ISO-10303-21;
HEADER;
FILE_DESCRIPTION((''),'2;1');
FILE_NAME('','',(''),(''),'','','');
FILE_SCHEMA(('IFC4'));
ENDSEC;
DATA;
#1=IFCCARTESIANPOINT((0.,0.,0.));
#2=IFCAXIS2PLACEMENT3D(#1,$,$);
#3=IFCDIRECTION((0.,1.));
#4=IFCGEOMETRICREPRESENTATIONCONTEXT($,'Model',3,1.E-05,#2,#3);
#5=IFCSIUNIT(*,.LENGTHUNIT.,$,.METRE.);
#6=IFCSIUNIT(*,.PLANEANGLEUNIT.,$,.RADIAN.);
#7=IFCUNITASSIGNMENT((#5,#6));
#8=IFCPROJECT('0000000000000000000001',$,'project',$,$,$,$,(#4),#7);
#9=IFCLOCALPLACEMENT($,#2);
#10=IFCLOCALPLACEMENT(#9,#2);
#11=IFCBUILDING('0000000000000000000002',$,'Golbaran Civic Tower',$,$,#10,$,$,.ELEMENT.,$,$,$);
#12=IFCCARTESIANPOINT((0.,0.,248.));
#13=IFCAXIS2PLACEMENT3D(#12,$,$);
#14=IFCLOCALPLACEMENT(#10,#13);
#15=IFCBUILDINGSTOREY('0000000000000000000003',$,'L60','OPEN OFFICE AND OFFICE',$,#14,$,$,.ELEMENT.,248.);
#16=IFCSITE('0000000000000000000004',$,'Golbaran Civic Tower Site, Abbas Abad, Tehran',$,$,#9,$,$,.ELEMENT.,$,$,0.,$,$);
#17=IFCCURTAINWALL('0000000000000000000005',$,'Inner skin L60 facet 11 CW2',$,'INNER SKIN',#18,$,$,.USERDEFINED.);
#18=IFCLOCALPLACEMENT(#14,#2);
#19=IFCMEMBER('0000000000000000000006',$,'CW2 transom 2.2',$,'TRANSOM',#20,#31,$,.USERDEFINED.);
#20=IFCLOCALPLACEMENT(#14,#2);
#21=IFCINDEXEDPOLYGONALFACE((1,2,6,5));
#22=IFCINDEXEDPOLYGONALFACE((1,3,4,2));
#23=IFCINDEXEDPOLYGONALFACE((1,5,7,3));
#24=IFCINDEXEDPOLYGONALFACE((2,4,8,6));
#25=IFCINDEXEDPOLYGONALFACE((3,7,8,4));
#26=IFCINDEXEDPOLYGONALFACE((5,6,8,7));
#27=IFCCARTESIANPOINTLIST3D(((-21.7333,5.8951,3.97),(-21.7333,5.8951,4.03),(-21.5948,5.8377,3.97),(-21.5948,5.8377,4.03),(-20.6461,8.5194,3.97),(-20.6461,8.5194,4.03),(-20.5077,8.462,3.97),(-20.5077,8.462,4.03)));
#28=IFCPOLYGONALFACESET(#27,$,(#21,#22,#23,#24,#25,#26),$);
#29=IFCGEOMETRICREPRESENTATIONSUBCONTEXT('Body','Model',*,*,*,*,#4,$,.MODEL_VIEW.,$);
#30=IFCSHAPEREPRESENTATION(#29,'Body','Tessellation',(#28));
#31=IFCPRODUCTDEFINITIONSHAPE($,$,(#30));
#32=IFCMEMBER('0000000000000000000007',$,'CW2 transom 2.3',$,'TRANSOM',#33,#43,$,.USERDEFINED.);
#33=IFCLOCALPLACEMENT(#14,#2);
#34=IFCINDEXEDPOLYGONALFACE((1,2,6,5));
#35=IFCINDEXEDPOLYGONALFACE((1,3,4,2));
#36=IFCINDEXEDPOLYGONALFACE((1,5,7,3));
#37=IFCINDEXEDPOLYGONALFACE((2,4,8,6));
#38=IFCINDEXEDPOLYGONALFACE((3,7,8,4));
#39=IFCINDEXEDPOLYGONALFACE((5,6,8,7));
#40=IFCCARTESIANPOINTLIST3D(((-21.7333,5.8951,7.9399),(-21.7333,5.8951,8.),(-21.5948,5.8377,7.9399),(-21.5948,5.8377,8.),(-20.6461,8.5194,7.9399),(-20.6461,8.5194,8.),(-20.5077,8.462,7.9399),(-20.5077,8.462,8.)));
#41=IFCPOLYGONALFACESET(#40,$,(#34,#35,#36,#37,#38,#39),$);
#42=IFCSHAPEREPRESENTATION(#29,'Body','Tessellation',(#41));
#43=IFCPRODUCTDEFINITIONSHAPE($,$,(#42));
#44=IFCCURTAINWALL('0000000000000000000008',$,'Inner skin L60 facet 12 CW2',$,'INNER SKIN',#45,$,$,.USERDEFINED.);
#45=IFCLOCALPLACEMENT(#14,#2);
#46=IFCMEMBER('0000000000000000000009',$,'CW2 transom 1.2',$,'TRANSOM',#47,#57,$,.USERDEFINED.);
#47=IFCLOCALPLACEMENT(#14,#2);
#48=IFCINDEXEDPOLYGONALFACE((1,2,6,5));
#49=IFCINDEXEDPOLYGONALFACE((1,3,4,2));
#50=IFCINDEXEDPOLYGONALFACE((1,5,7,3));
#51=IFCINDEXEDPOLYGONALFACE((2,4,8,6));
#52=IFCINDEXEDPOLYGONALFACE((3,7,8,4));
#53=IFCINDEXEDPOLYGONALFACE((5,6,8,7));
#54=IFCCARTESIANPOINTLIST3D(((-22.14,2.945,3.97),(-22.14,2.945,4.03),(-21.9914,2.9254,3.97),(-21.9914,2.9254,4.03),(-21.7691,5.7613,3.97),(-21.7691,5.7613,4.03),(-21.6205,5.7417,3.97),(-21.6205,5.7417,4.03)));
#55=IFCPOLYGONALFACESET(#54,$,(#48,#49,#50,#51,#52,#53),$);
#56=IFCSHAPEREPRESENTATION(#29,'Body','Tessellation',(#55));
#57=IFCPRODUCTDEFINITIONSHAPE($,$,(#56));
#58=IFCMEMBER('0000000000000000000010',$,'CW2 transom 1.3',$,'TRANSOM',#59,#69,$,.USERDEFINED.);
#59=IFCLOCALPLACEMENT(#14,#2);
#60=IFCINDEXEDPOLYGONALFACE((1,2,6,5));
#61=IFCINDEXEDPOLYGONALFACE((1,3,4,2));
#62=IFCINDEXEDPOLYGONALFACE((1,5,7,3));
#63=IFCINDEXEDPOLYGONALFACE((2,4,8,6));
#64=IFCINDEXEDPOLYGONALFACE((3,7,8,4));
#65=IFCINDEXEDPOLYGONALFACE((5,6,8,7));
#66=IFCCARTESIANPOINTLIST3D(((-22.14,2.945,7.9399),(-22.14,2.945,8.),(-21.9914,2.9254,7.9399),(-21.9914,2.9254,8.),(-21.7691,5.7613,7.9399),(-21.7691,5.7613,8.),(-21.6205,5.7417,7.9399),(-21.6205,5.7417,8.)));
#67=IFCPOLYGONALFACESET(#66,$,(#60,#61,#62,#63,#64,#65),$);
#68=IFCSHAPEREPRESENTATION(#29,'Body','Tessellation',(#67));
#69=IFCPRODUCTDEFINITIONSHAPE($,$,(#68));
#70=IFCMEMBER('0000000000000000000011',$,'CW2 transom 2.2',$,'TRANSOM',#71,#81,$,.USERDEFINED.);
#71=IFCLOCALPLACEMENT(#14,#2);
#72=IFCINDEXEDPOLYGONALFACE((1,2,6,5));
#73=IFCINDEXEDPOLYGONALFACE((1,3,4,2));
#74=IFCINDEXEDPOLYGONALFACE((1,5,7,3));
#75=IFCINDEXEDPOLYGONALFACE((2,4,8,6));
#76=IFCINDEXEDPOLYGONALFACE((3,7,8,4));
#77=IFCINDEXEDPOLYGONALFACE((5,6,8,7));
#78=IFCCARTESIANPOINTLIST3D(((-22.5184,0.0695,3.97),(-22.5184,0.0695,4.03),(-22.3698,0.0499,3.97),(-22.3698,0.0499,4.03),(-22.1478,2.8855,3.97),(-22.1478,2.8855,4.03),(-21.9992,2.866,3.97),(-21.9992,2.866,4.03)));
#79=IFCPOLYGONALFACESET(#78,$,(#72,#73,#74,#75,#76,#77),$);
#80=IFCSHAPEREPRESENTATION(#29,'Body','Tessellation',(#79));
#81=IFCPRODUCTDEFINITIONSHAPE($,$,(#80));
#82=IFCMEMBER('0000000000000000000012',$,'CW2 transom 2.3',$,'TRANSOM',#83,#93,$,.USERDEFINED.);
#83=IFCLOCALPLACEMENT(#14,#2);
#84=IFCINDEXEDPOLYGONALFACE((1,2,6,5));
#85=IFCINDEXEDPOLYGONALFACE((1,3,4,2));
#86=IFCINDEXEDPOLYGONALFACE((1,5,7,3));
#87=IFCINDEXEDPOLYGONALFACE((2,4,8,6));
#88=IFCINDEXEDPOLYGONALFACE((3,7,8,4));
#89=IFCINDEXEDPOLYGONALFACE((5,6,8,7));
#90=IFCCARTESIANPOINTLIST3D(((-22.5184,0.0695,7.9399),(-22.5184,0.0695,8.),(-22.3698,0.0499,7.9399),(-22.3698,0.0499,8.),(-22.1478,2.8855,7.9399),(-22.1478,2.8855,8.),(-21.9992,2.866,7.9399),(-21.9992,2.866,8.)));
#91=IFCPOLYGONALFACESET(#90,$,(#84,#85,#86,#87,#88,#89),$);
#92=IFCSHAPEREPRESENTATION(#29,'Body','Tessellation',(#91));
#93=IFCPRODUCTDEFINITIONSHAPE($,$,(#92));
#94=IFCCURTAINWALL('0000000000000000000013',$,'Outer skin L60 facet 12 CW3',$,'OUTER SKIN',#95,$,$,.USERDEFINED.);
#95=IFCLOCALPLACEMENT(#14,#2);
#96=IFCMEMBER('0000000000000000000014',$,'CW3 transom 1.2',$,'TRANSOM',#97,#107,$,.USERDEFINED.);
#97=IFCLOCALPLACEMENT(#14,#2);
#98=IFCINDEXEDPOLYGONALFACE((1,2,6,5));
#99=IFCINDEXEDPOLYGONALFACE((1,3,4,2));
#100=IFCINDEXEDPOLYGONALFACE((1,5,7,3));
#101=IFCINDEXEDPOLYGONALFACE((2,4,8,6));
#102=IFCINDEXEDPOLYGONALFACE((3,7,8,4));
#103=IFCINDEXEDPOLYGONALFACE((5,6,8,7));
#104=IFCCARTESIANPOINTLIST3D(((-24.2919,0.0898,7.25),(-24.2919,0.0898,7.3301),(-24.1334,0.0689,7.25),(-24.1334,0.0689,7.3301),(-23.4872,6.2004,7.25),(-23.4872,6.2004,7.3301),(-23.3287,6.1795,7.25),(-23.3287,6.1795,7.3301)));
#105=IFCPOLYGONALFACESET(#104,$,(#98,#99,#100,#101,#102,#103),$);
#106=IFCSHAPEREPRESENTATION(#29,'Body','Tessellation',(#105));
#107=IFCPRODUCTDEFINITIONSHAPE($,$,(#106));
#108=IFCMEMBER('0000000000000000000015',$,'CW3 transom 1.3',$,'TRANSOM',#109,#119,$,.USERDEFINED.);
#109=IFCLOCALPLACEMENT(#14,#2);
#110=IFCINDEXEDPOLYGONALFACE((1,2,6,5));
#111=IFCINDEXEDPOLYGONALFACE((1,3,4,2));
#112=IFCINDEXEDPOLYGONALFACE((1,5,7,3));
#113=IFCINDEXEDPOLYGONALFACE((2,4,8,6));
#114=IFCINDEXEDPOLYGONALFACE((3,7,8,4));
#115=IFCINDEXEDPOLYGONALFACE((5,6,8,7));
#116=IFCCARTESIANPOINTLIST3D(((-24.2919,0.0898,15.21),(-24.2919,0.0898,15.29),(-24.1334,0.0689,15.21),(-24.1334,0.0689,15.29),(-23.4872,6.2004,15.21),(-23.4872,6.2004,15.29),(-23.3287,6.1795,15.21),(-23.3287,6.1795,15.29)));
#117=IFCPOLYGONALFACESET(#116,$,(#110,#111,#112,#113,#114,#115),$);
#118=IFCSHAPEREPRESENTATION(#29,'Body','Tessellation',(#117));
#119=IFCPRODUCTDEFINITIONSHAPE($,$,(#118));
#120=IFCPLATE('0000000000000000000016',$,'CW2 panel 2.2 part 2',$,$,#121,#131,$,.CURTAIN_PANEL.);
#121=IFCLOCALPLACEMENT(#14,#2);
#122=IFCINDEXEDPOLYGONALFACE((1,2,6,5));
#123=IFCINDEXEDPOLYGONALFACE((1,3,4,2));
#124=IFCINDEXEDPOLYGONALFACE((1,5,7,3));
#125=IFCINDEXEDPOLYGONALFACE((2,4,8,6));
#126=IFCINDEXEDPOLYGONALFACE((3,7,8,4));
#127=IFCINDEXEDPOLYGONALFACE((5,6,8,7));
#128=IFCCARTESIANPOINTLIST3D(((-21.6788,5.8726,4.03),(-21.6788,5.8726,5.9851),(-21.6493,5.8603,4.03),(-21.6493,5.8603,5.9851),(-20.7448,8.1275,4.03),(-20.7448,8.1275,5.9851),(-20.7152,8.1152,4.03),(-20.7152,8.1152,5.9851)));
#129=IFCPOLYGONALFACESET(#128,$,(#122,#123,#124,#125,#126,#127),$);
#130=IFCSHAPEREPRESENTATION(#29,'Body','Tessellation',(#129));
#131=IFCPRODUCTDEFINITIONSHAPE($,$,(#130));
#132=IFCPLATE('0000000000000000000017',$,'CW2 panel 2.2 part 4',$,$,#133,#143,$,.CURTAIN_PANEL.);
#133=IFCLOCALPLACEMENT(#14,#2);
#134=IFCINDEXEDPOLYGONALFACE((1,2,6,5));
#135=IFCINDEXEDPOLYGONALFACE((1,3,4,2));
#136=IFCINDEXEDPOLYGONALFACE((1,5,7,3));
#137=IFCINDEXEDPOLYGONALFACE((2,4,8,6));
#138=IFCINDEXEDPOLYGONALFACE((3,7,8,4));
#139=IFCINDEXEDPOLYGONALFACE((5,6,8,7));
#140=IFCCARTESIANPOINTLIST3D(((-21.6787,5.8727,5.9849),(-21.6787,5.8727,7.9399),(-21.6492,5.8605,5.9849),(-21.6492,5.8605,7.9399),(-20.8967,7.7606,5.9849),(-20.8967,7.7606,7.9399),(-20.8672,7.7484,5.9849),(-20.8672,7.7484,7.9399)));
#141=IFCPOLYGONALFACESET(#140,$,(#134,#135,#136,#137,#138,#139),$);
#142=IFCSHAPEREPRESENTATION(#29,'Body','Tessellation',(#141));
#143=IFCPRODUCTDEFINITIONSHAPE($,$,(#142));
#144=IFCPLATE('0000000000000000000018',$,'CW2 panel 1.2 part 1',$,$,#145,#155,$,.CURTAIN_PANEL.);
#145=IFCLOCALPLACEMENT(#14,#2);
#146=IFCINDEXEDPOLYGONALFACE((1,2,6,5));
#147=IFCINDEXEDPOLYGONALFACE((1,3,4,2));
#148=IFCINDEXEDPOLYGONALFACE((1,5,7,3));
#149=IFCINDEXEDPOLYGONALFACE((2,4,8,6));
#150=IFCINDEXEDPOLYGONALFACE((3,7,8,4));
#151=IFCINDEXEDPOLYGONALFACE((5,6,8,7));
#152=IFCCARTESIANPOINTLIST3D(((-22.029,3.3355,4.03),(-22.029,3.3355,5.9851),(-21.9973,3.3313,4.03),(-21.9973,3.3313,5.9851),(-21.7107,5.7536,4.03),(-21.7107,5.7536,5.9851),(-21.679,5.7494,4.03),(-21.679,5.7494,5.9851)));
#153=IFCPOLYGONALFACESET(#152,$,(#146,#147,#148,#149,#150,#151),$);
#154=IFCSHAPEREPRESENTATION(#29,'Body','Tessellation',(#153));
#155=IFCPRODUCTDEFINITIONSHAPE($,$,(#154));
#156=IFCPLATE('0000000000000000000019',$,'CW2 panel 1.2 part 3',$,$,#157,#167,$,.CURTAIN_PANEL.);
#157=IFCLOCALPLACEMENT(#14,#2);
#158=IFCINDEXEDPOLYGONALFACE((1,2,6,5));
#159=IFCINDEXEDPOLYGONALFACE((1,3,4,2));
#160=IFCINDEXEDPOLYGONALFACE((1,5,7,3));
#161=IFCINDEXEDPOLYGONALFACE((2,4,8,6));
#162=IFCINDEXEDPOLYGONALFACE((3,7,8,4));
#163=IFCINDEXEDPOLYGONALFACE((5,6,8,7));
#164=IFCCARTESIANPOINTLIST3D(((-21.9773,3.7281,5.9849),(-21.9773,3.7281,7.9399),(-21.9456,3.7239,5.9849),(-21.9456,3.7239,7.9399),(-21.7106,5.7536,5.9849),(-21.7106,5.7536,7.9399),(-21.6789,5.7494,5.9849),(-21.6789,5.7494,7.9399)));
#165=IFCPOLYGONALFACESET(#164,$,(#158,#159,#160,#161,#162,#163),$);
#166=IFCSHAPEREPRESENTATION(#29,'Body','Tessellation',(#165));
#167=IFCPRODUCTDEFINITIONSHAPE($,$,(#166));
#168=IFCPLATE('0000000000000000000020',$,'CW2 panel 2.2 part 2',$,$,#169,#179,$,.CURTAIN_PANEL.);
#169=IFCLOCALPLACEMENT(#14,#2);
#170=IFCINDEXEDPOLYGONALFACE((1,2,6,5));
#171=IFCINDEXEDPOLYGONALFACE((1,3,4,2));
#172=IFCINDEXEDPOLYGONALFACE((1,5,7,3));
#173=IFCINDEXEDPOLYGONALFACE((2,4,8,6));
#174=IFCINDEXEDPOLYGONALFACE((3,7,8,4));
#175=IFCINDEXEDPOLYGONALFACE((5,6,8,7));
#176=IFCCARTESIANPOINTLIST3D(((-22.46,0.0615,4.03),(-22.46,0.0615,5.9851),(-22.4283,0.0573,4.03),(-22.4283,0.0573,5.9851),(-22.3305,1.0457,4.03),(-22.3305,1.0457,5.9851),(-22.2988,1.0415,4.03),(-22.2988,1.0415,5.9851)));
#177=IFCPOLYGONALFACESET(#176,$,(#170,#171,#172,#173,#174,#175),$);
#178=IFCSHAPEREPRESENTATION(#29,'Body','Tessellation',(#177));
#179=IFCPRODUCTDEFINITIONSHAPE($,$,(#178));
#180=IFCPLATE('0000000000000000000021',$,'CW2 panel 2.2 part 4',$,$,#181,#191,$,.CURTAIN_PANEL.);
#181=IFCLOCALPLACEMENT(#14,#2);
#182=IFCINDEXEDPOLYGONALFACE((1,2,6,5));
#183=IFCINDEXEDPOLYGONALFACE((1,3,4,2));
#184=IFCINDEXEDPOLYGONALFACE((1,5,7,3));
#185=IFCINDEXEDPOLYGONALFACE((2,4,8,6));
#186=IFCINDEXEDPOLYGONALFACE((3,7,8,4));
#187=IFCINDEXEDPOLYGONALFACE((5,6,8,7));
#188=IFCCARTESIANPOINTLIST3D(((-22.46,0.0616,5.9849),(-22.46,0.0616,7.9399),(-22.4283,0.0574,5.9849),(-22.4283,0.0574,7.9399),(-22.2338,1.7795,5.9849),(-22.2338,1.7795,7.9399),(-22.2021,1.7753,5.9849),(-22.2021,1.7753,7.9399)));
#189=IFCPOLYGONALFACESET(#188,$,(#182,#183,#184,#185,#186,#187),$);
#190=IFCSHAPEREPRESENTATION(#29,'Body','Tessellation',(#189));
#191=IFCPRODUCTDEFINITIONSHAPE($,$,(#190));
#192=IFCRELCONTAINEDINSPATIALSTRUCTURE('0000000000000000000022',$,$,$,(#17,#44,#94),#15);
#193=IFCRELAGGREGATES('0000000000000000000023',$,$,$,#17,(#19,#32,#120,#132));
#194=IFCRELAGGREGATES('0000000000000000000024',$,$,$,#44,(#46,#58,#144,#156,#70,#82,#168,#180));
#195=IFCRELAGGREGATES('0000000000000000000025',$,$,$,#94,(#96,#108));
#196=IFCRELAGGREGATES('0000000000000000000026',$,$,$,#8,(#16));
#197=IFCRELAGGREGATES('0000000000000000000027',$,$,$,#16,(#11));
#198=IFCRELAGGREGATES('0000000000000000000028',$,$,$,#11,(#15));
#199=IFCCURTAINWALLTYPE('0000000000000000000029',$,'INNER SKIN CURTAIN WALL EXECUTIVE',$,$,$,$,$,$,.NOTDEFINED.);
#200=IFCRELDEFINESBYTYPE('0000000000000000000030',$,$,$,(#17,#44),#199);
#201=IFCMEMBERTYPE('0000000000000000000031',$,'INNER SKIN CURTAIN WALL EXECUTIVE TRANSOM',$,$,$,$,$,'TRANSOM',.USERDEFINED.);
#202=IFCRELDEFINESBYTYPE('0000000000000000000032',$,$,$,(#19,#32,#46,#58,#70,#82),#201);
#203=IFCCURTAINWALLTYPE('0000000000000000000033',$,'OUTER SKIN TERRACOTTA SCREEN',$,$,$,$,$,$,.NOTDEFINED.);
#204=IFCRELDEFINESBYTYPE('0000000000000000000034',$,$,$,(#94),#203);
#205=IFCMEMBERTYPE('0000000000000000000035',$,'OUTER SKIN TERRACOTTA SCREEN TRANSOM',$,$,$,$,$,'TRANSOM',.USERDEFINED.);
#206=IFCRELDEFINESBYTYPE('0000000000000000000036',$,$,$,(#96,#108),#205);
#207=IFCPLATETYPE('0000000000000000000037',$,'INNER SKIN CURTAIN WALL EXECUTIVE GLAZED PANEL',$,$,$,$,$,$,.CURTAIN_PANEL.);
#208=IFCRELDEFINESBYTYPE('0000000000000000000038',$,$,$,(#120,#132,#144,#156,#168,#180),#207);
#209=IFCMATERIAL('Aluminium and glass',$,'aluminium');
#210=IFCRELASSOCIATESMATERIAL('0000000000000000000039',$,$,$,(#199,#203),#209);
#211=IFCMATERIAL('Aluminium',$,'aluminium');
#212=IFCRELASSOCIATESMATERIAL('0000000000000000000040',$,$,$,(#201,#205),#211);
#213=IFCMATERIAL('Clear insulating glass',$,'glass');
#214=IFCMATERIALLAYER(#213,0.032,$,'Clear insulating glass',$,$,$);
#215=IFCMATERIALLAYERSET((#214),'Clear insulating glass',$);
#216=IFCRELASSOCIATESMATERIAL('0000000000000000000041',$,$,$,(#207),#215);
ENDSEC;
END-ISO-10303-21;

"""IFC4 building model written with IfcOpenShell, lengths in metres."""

from ifc_helpers import new_model, si_unit, direction, frame, origin, origin_2d, place, context, subcontext, project, spatial, rectangle, extrude, material, layer, layer_set, material_profile, profile_set, type_object, element, aggregate, save


model = new_model("IFC4")

# Units and contexts
model_context = context("Model", 3, precision=1e-05, world=origin(), true_north=direction((0.0, 1.0)))
body_context = subcontext(model_context, "Body", "Model", "MODEL_VIEW")
ifc_project = project(units=[si_unit("LENGTHUNIT", "METRE"), si_unit("PLANEANGLEUNIT", "RADIAN")], contexts=[model_context])

# Site, building, storey
site_placement = place(None, origin())
site = spatial("IfcSite", under=ifc_project, at=site_placement, Name="Golbaran Civic Tower Site, Abbas Abad, Tehran", CompositionType="ELEMENT", RefElevation=0.0)
building_placement = place(site_placement, origin())
building = spatial("IfcBuilding", under=site, at=building_placement, Name="Golbaran Civic Tower", CompositionType="ELEMENT")
storey_placement = place(building_placement, frame((0.0, 0.0, 248.0)))
storey = spatial("IfcBuildingStorey", under=building, at=storey_placement, Name="L60", Description="OPEN OFFICE AND OFFICE", CompositionType="ELEMENT", Elevation=248.0)

# Curtain walls, members
ifc_material_1 = material(Name="Aluminium and glass", Category="aluminium")
curtain_wall_type_1 = type_object("IfcCurtainWallType", Name="INNER SKIN CURTAIN WALL EXECUTIVE", PredefinedType="NOTDEFINED", material=ifc_material_1)
curtain_wall_1_placement = place(storey_placement, origin())
curtain_wall_1 = element("IfcCurtainWall", 1, at=curtain_wall_1_placement, inside=storey, type_object=curtain_wall_type_1, Name="Inner skin L60 facet 11 CW2", ObjectType="INNER SKIN", PredefinedType="USERDEFINED")
ifc_material_2 = material(Name="Aluminium", Category="aluminium")
ifc_material_profile_1 = material_profile(ifc_material_2, rectangle(XDim=0.1499, YDim=0.0601, at=origin_2d()), Name="INNER SKIN CURTAIN WALL EXECUTIVE TRANSOM")
ifc_profile_set_1 = profile_set([ifc_material_profile_1], Name="Aluminium")
member_type_1 = type_object("IfcMemberType", Name="INNER SKIN CURTAIN WALL EXECUTIVE TRANSOM", ElementType="TRANSOM", PredefinedType="USERDEFINED", material=ifc_profile_set_1)
member_1_placement = place(storey_placement, frame((-20.5769, 8.4907, 4.0), z_axis=(-0.382729, -0.923861, 0.0), x_axis=(0.923861, -0.382729, 0.0)))
member_1 = element("IfcMember", 2, at=member_1_placement, type_object=member_type_1, Name="CW2 transom 2.2", ObjectType="TRANSOM", PredefinedType="USERDEFINED", context=body_context, shape_type="SweptSolid", body=[
    extrude(rectangle(XDim=0.1499, YDim=0.0601, at=origin_2d()), origin(), (0.0, 0.0, 1.0), 2.8406),
])
member_2_placement = place(storey_placement, frame((-20.5769, 8.4907, 7.97), z_axis=(-0.382729, -0.923861, 0.0), x_axis=(0.923861, -0.382729, 0.0)))
member_2 = element("IfcMember", 3, at=member_2_placement, type_object=member_type_1, Name="CW2 transom 2.3", ObjectType="TRANSOM", PredefinedType="USERDEFINED", context=body_context, shape_type="SweptSolid", body=[
    extrude(rectangle(XDim=0.1499, YDim=0.0601, at=origin_2d()), origin(), (0.0, 0.0, 1.0), 2.8406),
])
curtain_wall_2_placement = place(storey_placement, origin())
curtain_wall_2 = element("IfcCurtainWall", 4, at=curtain_wall_2_placement, inside=storey, type_object=curtain_wall_type_1, Name="Inner skin L60 facet 12 CW2", ObjectType="INNER SKIN", PredefinedType="USERDEFINED")
member_3_placement = place(storey_placement, frame((-21.6948, 5.7515, 4.0), z_axis=(-0.130559, -0.991441, 0.0), x_axis=(0.991441, -0.130559, 0.0)))
member_3 = element("IfcMember", 5, at=member_3_placement, type_object=member_type_1, Name="CW2 transom 1.2", ObjectType="TRANSOM", PredefinedType="USERDEFINED", context=body_context, shape_type="SweptSolid", body=[
    extrude(rectangle(XDim=0.1499, YDim=0.0601, at=origin_2d()), origin(), (0.0, 0.0, 1.0), 2.8406),
])
member_4_placement = place(storey_placement, frame((-21.6948, 5.7515, 7.97), z_axis=(-0.130559, -0.991441, 0.0), x_axis=(0.991441, -0.130559, 0.0)))
member_4 = element("IfcMember", 6, at=member_4_placement, type_object=member_type_1, Name="CW2 transom 1.3", ObjectType="TRANSOM", PredefinedType="USERDEFINED", context=body_context, shape_type="SweptSolid", body=[
    extrude(rectangle(XDim=0.1499, YDim=0.0601, at=origin_2d()), origin(), (0.0, 0.0, 1.0), 2.8406),
])
member_5_placement = place(storey_placement, frame((-22.0735, 2.8757, 4.0), z_axis=(-0.130475, -0.991452, 0.0), x_axis=(0.991452, -0.130475, 0.0)))
member_5 = element("IfcMember", 7, at=member_5_placement, type_object=member_type_1, Name="CW2 transom 2.2", ObjectType="TRANSOM", PredefinedType="USERDEFINED", context=body_context, shape_type="SweptSolid", body=[
    extrude(rectangle(XDim=0.1499, YDim=0.0601, at=origin_2d()), origin(), (0.0, 0.0, 1.0), 2.8403),
])
member_6_placement = place(storey_placement, frame((-22.0735, 2.8757, 7.97), z_axis=(-0.130475, -0.991452, 0.0), x_axis=(0.991452, -0.130475, 0.0)))
member_6 = element("IfcMember", 8, at=member_6_placement, type_object=member_type_1, Name="CW2 transom 2.3", ObjectType="TRANSOM", PredefinedType="USERDEFINED", context=body_context, shape_type="SweptSolid", body=[
    extrude(rectangle(XDim=0.1499, YDim=0.0601, at=origin_2d()), origin(), (0.0, 0.0, 1.0), 2.8403),
])
curtain_wall_type_2 = type_object("IfcCurtainWallType", Name="OUTER SKIN TERRACOTTA SCREEN", PredefinedType="NOTDEFINED", material=ifc_material_1)
curtain_wall_3_placement = place(storey_placement, origin())
curtain_wall_3 = element("IfcCurtainWall", 9, at=curtain_wall_3_placement, inside=storey, type_object=curtain_wall_type_2, Name="Outer skin L60 facet 12 CW3", ObjectType="OUTER SKIN", PredefinedType="USERDEFINED")
ifc_material_profile_2 = material_profile(ifc_material_2, rectangle(XDim=0.1599, YDim=0.0801, at=origin_2d()), Name="OUTER SKIN TERRACOTTA SCREEN TRANSOM")
ifc_profile_set_2 = profile_set([ifc_material_profile_2], Name="Aluminium")
member_type_2 = type_object("IfcMemberType", Name="OUTER SKIN TERRACOTTA SCREEN TRANSOM", ElementType="TRANSOM", PredefinedType="USERDEFINED", material=ifc_profile_set_2)
member_7_placement = place(storey_placement, frame((-23.408, 6.1899, 7.29), z_axis=(-0.13056, -0.99144, 0.0), x_axis=(0.99144, -0.13056, 0.0)))
member_7 = element("IfcMember", 10, at=member_7_placement, type_object=member_type_2, Name="CW3 transom 1.2", ObjectType="TRANSOM", PredefinedType="USERDEFINED", context=body_context, shape_type="SweptSolid", body=[
    extrude(rectangle(XDim=0.1599, YDim=0.0801, at=origin_2d()), origin(), (0.0, 0.0, 1.0), 6.1633),
])
member_8_placement = place(storey_placement, frame((-23.408, 6.1899, 15.25), z_axis=(-0.13056, -0.99144, 0.0), x_axis=(0.99144, -0.13056, 0.0)))
member_8 = element("IfcMember", 11, at=member_8_placement, type_object=member_type_2, Name="CW3 transom 1.3", ObjectType="TRANSOM", PredefinedType="USERDEFINED", context=body_context, shape_type="SweptSolid", body=[
    extrude(rectangle(XDim=0.1599, YDim=0.0801, at=origin_2d()), origin(), (0.0, 0.0, 1.0), 6.1633),
])

# Plates
ifc_material_3 = material(Name="Clear insulating glass", Category="glass")
ifc_layer_1 = layer(ifc_material_3, 0.032, Name="Clear insulating glass")
ifc_layer_set_1 = layer_set([ifc_layer_1], Name="Clear insulating glass")
plate_type_1 = type_object("IfcPlateType", Name="INNER SKIN CURTAIN WALL EXECUTIVE GLAZED PANEL", PredefinedType="CURTAIN_PANEL", material=ifc_layer_set_1)
plate_1_placement = place(storey_placement, frame((-21.197, 6.9939, 4.03), z_axis=(0.0, 0.0, 1.0), x_axis=(-0.382683, -0.92388, 0.0)))
plate_1 = element("IfcPlate", 12, at=plate_1_placement, type_object=plate_type_1, Name="CW2 panel 2.2 part 2", PredefinedType="CURTAIN_PANEL", context=body_context, shape_type="SweptSolid", body=[
    extrude(rectangle(XDim=2.4407, YDim=0.032, at=origin_2d()), origin(), (0.0, 0.0, 1.0), 1.9551),
])
plate_2_placement = place(storey_placement, frame((-21.2729, 6.8105, 5.9849), z_axis=(0.0, 0.0, 1.0), x_axis=(-0.382683, -0.92388, 0.0)))
plate_2 = element("IfcPlate", 13, at=plate_2_placement, type_object=plate_type_1, Name="CW2 panel 2.2 part 4", PredefinedType="CURTAIN_PANEL", context=body_context, shape_type="SweptSolid", body=[
    extrude(rectangle(XDim=2.0435, YDim=0.032, at=origin_2d()), origin(), (0.0, 0.0, 1.0), 1.9551),
])
plate_3_placement = place(storey_placement, frame((-21.854, 4.5425, 4.03), z_axis=(0.0, 0.0, 1.0), x_axis=(-0.130526, -0.991445, 0.0)))
plate_3 = element("IfcPlate", 14, at=plate_3_placement, type_object=plate_type_1, Name="CW2 panel 1.2 part 1", PredefinedType="CURTAIN_PANEL", context=body_context, shape_type="SweptSolid", body=[
    extrude(rectangle(XDim=2.439, YDim=0.032, at=origin_2d()), origin(), (0.0, 0.0, 1.0), 1.9551),
])
plate_4_placement = place(storey_placement, frame((-21.8281, 4.7388, 5.9849), z_axis=(0.0, 0.0, 1.0), x_axis=(-0.130526, -0.991445, 0.0)))
plate_4 = element("IfcPlate", 15, at=plate_4_placement, type_object=plate_type_1, Name="CW2 panel 1.2 part 3", PredefinedType="CURTAIN_PANEL", context=body_context, shape_type="SweptSolid", body=[
    extrude(rectangle(XDim=2.043, YDim=0.032, at=origin_2d()), origin(), (0.0, 0.0, 1.0), 1.9551),
])
plate_5_placement = place(storey_placement, frame((-22.3794, 0.5515, 4.03), z_axis=(0.0, 0.0, 1.0), x_axis=(-0.130526, -0.991445, 0.0)))
plate_5 = element("IfcPlate", 16, at=plate_5_placement, type_object=plate_type_1, Name="CW2 panel 2.2 part 2", PredefinedType="CURTAIN_PANEL", context=body_context, shape_type="SweptSolid", body=[
    extrude(rectangle(XDim=0.9927, YDim=0.032, at=origin_2d()), origin(), (0.0, 0.0, 1.0), 1.9551),
])
plate_6_placement = place(storey_placement, frame((-22.3311, 0.9185, 5.9849), z_axis=(0.0, 0.0, 1.0), x_axis=(-0.130526, -0.991445, 0.0)))
plate_6 = element("IfcPlate", 17, at=plate_6_placement, type_object=plate_type_1, Name="CW2 panel 2.2 part 4", PredefinedType="CURTAIN_PANEL", context=body_context, shape_type="SweptSolid", body=[
    extrude(rectangle(XDim=1.7327, YDim=0.032, at=origin_2d()), origin(), (0.0, 0.0, 1.0), 1.9551),
])
aggregate(curtain_wall_1, [member_1, member_2, plate_1, plate_2])
aggregate(curtain_wall_2, [member_3, member_4, plate_3, plate_4, member_5, member_6, plate_5, plate_6])
aggregate(curtain_wall_3, [member_7, member_8])

save(model, "model.ifc")
